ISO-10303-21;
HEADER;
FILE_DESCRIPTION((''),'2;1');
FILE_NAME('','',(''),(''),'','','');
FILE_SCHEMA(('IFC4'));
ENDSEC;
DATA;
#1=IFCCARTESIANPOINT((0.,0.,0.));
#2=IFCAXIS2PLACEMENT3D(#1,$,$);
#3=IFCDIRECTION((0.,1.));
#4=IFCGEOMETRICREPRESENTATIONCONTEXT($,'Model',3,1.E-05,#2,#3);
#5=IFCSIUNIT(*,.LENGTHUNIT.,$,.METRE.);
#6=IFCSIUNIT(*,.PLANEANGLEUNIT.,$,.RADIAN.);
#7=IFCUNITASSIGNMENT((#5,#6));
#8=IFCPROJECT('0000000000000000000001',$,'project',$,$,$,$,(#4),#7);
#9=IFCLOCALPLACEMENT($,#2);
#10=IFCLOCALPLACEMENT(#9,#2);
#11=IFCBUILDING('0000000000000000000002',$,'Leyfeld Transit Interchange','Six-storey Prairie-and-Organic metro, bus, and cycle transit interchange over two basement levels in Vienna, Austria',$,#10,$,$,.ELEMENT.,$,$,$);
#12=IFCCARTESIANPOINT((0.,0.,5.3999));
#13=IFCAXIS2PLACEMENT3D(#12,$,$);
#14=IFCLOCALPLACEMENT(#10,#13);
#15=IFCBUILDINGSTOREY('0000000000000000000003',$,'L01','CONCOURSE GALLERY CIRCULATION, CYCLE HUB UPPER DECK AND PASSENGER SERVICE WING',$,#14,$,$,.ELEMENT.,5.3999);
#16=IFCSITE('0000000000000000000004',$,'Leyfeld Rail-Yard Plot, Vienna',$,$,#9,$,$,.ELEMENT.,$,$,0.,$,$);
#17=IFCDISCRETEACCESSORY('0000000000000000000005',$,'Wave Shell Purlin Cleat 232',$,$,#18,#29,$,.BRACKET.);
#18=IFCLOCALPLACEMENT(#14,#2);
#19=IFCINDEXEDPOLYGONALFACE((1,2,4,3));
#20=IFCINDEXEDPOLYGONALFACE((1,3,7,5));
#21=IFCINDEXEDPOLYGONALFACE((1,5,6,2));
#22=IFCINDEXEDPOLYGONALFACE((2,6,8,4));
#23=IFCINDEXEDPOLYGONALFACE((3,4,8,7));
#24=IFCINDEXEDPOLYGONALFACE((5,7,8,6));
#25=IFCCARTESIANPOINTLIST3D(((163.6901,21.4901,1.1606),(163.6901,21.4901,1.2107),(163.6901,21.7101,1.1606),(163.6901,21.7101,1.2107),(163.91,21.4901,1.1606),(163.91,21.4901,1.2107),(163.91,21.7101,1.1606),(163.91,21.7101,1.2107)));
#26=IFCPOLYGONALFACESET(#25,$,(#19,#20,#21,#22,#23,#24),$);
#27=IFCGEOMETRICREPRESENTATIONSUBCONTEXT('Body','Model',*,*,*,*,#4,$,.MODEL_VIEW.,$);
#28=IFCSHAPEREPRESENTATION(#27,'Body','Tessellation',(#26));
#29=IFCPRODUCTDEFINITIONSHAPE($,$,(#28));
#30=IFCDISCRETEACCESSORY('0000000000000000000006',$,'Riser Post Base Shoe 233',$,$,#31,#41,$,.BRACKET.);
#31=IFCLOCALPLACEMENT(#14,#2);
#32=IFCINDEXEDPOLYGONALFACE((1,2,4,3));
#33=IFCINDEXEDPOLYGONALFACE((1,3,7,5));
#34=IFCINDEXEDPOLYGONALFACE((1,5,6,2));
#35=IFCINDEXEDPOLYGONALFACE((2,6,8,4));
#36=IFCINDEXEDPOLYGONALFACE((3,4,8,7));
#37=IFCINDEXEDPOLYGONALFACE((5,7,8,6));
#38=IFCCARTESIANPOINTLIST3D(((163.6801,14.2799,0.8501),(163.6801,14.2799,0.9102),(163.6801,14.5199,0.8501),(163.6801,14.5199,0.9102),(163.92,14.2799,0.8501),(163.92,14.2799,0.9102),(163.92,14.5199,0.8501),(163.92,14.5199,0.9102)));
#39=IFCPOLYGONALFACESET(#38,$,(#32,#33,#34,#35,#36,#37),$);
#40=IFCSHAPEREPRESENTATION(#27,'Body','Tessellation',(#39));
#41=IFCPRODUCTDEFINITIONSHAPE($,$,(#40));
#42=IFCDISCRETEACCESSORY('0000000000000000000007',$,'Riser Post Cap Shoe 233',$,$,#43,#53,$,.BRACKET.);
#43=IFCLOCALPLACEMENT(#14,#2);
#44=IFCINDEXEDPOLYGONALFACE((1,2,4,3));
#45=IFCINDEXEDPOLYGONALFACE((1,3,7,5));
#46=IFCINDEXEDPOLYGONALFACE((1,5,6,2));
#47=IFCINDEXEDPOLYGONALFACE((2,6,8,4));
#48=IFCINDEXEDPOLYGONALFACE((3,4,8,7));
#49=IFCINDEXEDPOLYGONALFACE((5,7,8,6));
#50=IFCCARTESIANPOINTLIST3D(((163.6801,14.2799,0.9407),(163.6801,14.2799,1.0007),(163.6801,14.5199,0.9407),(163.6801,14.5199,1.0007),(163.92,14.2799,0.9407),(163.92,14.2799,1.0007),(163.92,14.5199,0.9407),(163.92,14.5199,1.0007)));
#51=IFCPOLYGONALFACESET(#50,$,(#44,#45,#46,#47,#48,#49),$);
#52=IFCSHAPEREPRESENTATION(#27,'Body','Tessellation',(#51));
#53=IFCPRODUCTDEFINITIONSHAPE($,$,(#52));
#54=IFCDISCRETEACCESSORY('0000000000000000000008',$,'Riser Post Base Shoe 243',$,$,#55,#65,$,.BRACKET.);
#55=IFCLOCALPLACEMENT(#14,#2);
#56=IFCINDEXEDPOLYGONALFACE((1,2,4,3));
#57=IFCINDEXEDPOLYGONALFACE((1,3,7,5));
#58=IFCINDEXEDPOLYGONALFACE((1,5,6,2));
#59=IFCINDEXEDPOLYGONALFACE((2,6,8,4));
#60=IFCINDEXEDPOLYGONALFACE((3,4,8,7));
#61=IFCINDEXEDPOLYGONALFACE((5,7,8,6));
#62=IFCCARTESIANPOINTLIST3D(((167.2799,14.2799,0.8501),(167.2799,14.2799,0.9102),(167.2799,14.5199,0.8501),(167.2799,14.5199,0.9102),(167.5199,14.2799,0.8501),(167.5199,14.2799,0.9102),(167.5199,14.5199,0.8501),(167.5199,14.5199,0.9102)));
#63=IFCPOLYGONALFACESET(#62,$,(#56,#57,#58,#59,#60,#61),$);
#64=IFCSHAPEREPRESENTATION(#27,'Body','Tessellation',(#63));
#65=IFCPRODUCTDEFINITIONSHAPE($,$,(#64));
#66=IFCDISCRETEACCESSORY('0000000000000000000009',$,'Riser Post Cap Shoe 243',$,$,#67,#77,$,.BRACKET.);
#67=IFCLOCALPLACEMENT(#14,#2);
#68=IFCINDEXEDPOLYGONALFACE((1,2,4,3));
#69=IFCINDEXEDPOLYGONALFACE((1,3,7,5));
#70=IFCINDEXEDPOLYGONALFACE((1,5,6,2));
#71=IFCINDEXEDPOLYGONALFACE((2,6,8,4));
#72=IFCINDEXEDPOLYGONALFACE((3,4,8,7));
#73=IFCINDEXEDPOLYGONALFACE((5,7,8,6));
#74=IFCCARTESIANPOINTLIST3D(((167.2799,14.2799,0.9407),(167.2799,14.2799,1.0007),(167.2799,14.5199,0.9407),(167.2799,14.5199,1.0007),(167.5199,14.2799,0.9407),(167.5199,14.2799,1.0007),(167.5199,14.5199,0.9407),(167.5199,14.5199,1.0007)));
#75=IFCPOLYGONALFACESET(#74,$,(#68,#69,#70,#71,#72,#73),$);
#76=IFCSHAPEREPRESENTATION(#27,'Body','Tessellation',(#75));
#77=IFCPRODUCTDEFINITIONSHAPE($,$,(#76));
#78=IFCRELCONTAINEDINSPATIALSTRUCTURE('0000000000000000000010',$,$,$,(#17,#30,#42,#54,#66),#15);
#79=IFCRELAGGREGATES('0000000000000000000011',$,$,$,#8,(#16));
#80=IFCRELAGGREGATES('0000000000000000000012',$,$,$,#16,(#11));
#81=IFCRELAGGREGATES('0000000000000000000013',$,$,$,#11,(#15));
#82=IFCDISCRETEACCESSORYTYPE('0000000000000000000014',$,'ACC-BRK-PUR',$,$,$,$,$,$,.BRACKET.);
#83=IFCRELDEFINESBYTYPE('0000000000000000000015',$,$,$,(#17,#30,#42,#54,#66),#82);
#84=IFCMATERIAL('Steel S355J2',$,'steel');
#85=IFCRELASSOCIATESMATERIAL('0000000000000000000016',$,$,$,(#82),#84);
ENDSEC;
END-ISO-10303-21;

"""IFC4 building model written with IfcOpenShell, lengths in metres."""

from ifc_helpers import new_model, si_unit, direction, frame, origin, origin_2d, place, context, subcontext, project, spatial, rectangle, extrude, material, type_object, element, save


model = new_model("IFC4")

# Units and contexts
model_context = context("Model", 3, precision=1e-05, world=origin(), true_north=direction((0.0, 1.0)))
body_context = subcontext(model_context, "Body", "Model", "MODEL_VIEW")
ifc_project = project(units=[si_unit("LENGTHUNIT", "METRE"), si_unit("PLANEANGLEUNIT", "RADIAN")], contexts=[model_context])

# Site, building, storey
site_placement = place(None, origin())
site = spatial("IfcSite", under=ifc_project, at=site_placement, Name="Leyfeld Rail-Yard Plot, Vienna", CompositionType="ELEMENT", RefElevation=0.0)
building_placement = place(site_placement, origin())
building = spatial("IfcBuilding", under=site, at=building_placement, Name="Leyfeld Transit Interchange", Description="Six-storey Prairie-and-Organic metro, bus, and cycle transit interchange over two basement levels in Vienna, Austria", CompositionType="ELEMENT")
storey_placement = place(building_placement, frame((0.0, 0.0, 5.3999)))
storey = spatial("IfcBuildingStorey", under=building, at=storey_placement, Name="L01", Description="CONCOURSE GALLERY CIRCULATION, CYCLE HUB UPPER DECK AND PASSENGER SERVICE WING", CompositionType="ELEMENT", Elevation=5.3999)

# Shared definitions
ifc_material_1 = material(Name="Steel S355J2", Category="steel")

# Discrete accessories
discrete_accessory_type = type_object("IfcDiscreteAccessoryType", Name="ACC-BRK-PUR", PredefinedType="BRACKET", material=ifc_material_1)
discrete_accessory_1_placement = place(storey_placement, frame((163.8, 21.6001, 1.1606), z_axis=(0.0, 0.0, 1.0), x_axis=(1.0, 0.0, 0.0)))
element("IfcDiscreteAccessory", 1, at=discrete_accessory_1_placement, inside=storey, type_object=discrete_accessory_type, Name="Wave Shell Purlin Cleat 232", PredefinedType="BRACKET", context=body_context, shape_type="SweptSolid", body=[
    extrude(rectangle(XDim=0.22, YDim=0.22, at=origin_2d()), origin(), (0.0, 0.0, 1.0), 0.05),
])
for number, where, z_axis, x_axis, name in (
    (2, (163.8, 14.3999, 0.8501), (0.0, 0.0, 1.0), (1.0, 0.0, 0.0), "Riser Post Base Shoe 233"),
    (3, (163.8, 14.3999, 0.9407), (0.0, 0.0, 1.0), (1.0, 0.0, 0.0), "Riser Post Cap Shoe 233"),
    (4, (167.3999, 14.3999, 0.8501), (0.0, 0.0, 1.0), (1.0, 0.0, 0.0), "Riser Post Base Shoe 243"),
    (5, (167.3999, 14.3999, 0.9407), (0.0, 0.0, 1.0), (1.0, 0.0, 0.0), "Riser Post Cap Shoe 243"),
):
    element("IfcDiscreteAccessory", number, at=place(storey_placement, frame(where, z_axis=z_axis, x_axis=x_axis)), inside=storey, type_object=discrete_accessory_type, Name=name, PredefinedType="BRACKET", context=body_context, shape_type="SweptSolid", body=[
        extrude(rectangle(XDim=0.24, YDim=0.24, at=origin_2d()), origin(), (0.0, 0.0, 1.0), 0.0601),
    ])

save(model, "model.ifc")
